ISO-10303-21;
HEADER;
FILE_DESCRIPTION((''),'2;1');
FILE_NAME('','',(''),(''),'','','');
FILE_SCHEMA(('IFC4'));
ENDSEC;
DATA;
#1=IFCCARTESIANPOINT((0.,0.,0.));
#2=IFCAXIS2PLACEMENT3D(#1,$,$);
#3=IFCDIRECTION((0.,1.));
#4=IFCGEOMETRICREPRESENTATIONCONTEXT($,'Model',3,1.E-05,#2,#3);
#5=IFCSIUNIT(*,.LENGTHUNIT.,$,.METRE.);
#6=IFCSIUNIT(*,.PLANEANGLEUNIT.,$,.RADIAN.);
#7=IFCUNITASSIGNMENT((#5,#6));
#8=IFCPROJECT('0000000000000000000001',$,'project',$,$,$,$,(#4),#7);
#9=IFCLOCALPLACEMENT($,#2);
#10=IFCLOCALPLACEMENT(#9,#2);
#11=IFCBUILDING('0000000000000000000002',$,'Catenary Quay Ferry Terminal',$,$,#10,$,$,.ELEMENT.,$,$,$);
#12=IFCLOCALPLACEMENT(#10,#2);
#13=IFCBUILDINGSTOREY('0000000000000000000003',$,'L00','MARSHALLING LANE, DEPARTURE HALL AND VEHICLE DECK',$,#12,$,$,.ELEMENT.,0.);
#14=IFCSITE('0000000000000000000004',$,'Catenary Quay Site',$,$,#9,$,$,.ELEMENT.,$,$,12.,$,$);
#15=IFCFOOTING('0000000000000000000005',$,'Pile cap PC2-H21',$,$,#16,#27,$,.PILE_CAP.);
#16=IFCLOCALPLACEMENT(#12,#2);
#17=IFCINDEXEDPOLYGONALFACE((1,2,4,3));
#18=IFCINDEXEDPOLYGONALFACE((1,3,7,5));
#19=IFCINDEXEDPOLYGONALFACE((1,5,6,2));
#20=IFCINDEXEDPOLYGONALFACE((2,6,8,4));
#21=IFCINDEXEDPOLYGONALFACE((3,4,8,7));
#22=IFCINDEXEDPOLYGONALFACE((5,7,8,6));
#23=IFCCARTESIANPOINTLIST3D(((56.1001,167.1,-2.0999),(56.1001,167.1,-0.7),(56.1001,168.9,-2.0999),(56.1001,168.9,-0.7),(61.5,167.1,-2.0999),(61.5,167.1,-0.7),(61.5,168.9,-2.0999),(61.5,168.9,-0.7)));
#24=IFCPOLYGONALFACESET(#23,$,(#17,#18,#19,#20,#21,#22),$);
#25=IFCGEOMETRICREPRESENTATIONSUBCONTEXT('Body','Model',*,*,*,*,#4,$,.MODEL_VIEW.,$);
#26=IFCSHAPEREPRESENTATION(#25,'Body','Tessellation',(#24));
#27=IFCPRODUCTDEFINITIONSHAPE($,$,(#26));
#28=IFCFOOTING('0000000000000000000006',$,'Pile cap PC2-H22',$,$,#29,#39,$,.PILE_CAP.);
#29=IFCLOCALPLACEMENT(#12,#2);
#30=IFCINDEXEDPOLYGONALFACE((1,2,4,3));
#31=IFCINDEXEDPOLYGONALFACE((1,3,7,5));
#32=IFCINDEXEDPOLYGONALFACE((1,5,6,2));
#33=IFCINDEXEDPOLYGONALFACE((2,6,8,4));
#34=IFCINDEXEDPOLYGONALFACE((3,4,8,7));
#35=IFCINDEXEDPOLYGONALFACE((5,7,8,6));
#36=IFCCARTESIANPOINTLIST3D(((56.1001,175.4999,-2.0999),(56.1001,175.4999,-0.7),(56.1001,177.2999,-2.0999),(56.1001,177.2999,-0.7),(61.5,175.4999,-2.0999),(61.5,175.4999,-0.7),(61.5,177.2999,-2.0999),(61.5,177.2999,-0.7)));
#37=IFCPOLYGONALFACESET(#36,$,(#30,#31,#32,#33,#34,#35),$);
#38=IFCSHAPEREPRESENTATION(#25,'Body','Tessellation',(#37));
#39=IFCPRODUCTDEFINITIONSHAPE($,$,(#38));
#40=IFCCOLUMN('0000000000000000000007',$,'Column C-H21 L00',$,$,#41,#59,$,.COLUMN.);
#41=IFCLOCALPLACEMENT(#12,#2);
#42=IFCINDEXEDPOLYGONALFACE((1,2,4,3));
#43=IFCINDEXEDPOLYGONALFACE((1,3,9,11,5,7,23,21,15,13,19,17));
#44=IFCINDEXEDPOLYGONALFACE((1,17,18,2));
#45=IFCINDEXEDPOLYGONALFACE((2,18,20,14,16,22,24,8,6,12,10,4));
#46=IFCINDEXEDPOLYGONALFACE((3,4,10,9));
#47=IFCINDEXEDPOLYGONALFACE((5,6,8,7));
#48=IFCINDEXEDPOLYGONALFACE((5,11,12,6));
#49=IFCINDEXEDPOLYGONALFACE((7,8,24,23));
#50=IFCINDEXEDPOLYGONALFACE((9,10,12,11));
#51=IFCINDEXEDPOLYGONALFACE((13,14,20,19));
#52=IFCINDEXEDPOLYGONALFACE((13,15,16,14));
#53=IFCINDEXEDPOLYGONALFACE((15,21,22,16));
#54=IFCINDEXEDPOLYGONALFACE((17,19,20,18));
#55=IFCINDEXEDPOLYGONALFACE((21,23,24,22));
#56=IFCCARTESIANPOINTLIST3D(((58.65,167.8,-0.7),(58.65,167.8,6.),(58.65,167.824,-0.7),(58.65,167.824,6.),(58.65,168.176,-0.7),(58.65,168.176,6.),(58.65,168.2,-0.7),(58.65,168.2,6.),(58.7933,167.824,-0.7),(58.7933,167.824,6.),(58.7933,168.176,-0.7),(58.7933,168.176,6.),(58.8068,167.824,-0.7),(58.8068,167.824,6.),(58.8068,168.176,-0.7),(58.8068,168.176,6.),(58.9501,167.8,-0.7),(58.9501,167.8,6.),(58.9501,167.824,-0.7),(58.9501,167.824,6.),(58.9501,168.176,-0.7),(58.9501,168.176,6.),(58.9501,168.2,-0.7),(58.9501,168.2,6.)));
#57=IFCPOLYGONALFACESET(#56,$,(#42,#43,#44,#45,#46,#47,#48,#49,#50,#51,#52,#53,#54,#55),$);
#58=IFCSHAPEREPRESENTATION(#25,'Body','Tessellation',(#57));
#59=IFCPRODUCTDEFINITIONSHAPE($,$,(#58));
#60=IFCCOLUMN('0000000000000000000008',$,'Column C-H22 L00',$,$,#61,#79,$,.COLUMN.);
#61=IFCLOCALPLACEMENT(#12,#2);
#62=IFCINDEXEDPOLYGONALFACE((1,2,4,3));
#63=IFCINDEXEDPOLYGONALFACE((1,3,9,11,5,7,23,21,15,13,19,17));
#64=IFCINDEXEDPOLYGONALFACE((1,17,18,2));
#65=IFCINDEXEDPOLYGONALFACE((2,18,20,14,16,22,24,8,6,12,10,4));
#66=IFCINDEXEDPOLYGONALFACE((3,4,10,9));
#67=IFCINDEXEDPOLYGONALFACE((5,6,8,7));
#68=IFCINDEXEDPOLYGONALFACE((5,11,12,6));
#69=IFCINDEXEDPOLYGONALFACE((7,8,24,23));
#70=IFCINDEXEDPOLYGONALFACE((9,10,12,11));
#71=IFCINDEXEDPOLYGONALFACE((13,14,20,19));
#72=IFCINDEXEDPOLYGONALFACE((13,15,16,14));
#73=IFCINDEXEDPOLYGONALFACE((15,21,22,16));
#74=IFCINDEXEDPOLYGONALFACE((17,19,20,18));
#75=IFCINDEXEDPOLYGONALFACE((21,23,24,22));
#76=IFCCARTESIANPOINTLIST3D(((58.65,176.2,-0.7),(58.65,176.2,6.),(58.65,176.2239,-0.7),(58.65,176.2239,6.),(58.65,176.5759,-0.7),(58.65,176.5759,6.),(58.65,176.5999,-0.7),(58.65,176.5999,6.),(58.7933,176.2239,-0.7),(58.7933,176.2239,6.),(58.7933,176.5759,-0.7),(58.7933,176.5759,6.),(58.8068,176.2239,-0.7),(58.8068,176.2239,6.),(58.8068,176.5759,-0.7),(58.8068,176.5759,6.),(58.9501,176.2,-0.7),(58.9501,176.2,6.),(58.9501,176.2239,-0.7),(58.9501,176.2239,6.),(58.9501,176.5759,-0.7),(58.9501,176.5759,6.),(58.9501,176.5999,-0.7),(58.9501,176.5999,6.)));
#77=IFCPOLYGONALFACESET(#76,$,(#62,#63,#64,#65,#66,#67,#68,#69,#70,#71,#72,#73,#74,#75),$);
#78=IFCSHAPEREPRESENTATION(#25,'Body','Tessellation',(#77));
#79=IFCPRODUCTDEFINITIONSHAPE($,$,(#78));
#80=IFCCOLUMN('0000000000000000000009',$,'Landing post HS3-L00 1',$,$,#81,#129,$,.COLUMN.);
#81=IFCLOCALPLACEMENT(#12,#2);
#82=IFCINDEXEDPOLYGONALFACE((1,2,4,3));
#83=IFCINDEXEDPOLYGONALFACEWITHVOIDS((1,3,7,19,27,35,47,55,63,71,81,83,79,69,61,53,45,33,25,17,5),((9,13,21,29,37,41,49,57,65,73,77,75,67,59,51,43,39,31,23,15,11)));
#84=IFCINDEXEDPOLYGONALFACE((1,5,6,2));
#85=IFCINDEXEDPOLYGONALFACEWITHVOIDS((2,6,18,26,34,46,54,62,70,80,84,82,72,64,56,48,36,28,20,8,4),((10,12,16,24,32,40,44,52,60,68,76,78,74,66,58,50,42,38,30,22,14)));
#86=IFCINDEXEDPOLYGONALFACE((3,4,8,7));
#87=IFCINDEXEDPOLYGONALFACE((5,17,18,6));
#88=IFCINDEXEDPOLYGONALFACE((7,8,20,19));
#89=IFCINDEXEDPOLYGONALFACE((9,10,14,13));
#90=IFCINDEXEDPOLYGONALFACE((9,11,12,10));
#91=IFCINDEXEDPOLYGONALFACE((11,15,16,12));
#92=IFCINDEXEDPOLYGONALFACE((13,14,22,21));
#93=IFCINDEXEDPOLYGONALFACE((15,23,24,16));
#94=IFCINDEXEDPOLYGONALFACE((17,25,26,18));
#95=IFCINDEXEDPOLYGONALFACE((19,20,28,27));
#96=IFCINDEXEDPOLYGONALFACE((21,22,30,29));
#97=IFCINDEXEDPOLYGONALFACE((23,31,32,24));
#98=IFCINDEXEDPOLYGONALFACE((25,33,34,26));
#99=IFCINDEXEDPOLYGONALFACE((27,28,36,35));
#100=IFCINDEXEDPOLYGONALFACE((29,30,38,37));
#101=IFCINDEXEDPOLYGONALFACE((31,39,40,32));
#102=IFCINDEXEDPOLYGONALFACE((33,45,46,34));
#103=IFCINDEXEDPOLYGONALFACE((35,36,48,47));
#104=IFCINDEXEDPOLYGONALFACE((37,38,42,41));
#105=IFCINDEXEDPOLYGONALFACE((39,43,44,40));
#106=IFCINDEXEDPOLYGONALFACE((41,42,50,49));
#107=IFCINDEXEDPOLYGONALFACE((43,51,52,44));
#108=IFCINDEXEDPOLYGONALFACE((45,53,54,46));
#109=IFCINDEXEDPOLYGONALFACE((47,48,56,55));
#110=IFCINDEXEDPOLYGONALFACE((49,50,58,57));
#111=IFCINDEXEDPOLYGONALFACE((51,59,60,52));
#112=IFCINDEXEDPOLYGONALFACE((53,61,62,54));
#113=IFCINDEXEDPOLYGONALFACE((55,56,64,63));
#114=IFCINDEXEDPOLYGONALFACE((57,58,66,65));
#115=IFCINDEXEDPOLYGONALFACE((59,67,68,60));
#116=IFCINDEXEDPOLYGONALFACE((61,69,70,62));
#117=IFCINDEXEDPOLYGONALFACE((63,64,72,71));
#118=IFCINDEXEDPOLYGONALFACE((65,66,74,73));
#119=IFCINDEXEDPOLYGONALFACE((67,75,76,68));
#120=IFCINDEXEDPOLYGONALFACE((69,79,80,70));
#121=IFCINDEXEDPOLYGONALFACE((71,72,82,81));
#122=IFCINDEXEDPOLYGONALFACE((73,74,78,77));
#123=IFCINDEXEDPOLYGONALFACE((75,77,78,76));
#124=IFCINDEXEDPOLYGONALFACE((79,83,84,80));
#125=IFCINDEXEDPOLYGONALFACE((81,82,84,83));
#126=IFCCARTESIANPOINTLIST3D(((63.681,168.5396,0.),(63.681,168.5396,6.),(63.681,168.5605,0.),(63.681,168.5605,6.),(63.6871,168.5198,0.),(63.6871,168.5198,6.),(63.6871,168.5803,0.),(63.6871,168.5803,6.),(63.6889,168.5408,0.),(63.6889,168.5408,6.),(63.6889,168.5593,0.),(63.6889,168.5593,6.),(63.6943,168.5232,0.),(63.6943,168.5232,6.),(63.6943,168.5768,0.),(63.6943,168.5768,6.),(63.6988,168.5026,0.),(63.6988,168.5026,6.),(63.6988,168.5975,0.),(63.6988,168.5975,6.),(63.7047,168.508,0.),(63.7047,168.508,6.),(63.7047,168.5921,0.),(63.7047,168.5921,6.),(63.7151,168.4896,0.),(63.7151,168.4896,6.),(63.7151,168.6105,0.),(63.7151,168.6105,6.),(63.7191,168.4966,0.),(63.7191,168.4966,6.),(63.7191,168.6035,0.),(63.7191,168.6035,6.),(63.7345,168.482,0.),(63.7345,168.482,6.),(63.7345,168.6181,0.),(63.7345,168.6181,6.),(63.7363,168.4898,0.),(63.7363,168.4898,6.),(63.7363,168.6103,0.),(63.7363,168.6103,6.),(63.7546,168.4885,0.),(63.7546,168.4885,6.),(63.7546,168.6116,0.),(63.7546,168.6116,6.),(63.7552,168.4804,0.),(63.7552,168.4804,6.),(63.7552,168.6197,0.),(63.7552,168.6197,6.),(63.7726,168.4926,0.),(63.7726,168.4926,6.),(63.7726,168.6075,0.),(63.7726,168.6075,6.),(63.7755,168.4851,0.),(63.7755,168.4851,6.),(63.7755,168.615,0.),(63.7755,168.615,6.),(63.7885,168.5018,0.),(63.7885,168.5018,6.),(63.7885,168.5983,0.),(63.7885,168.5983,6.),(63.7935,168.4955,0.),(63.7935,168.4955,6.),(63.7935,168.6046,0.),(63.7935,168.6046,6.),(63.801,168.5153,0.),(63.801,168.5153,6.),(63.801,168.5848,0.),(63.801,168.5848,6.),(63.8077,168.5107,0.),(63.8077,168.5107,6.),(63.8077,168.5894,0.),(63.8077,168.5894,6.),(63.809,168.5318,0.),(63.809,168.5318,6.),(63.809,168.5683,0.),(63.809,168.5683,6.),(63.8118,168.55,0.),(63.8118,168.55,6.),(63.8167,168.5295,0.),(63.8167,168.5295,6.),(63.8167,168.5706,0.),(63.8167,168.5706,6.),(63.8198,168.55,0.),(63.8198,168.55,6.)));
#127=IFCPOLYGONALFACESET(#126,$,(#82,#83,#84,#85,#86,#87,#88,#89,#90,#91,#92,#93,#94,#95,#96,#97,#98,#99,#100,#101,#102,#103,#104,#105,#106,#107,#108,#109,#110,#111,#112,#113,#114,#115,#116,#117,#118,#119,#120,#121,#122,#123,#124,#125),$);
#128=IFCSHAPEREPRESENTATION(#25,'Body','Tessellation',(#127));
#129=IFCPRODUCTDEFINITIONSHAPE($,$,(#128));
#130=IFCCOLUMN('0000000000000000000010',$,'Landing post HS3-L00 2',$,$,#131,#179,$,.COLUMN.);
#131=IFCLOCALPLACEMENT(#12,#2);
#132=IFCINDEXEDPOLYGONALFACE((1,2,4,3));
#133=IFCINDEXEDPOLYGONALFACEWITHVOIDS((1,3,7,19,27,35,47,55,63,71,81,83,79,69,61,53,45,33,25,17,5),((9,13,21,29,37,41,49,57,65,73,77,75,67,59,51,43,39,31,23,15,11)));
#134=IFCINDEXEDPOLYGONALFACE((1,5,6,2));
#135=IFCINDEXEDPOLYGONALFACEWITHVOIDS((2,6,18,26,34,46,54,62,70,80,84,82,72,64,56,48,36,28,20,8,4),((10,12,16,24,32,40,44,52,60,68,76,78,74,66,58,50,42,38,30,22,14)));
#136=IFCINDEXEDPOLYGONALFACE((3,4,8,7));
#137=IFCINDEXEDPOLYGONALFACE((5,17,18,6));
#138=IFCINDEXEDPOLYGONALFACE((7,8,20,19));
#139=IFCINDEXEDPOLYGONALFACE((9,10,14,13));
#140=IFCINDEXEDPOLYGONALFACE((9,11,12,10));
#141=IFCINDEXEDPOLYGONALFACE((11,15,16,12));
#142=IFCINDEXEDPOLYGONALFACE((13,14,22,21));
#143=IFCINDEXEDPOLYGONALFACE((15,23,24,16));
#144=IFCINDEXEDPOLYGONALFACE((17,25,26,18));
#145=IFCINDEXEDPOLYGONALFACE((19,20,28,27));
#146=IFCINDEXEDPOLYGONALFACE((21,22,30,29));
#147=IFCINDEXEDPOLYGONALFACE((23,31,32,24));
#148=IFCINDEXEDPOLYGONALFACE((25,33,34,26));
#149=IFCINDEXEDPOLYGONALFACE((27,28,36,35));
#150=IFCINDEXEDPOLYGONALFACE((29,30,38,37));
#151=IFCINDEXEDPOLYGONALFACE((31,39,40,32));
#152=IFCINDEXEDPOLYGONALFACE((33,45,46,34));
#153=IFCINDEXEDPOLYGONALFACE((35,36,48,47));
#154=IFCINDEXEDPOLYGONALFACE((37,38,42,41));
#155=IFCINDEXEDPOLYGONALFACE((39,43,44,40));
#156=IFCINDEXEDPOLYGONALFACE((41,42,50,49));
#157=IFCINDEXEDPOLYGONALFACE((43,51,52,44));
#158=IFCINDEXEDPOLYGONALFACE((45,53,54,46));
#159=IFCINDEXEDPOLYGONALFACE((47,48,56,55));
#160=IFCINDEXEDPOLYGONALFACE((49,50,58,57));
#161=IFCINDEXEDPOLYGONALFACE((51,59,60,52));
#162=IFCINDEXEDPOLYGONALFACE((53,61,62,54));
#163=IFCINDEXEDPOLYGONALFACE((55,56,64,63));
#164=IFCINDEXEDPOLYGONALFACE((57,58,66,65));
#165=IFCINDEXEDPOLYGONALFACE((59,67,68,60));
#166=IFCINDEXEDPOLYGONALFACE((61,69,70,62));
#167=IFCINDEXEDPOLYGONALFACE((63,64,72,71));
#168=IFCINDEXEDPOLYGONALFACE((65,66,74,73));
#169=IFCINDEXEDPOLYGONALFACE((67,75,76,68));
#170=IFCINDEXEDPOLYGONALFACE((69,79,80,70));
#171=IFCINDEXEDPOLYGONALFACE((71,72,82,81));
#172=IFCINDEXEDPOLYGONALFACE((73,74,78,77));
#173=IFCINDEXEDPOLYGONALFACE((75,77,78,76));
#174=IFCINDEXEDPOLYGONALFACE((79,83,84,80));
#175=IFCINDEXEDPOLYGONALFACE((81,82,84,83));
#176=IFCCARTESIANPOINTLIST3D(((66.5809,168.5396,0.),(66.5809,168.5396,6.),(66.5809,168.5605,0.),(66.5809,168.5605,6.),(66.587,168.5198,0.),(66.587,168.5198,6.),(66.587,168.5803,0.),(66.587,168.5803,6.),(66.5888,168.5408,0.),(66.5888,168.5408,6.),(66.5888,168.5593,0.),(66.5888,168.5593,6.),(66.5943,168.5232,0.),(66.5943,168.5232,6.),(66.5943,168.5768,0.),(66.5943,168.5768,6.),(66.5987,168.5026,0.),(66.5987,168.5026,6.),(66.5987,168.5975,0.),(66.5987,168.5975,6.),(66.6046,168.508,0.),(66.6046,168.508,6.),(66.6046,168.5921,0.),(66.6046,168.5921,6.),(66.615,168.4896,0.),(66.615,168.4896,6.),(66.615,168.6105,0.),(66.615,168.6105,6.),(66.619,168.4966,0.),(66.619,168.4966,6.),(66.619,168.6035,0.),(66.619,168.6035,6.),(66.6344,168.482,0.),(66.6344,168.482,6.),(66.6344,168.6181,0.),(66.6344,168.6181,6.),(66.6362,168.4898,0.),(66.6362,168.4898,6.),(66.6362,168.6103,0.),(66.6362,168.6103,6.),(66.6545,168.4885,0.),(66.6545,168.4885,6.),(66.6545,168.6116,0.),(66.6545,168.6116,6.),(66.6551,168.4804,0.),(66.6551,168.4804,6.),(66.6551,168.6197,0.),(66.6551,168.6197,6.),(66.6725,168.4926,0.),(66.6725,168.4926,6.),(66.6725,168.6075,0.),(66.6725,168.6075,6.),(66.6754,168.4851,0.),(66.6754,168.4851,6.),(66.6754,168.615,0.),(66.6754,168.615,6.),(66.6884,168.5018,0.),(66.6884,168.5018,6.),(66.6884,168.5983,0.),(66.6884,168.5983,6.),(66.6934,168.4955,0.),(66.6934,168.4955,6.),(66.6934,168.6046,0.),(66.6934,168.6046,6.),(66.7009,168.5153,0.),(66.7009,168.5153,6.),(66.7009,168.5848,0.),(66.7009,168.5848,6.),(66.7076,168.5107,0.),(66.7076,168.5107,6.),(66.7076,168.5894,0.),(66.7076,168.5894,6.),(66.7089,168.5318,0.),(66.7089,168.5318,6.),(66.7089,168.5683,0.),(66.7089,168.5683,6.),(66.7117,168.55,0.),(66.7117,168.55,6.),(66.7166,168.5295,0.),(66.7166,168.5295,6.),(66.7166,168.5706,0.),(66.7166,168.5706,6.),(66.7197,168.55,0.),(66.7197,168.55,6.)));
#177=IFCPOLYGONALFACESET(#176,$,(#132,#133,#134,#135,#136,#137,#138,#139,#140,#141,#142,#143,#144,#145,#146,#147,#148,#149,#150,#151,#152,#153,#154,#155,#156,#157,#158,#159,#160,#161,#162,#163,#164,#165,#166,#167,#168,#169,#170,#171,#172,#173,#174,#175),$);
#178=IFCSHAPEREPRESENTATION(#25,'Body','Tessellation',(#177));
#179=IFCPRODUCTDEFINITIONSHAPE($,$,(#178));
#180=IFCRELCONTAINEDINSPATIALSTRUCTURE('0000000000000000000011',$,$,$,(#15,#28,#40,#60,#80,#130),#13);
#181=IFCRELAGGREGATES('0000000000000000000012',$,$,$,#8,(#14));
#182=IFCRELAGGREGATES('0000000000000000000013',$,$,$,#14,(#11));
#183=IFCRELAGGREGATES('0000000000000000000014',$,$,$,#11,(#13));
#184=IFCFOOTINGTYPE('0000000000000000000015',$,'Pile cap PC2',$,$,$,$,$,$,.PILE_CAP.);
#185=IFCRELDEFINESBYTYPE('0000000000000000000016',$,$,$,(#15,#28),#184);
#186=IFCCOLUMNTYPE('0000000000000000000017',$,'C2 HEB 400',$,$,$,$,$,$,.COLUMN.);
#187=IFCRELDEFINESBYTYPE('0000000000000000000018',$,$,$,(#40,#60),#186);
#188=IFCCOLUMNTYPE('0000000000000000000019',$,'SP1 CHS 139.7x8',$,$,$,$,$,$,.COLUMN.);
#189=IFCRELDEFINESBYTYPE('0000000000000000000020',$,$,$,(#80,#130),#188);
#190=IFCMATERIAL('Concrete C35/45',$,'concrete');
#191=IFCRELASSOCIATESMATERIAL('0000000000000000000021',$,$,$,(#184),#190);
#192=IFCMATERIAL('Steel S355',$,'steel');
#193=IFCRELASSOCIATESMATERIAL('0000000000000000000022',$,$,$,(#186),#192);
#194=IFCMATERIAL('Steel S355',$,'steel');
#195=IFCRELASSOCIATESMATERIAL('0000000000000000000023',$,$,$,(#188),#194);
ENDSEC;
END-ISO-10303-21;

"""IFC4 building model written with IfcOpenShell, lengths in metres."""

from ifc_helpers import new_model, si_unit, direction, frame, origin, origin_2d, place, context, subcontext, project, spatial, rectangle, hollow_circle, i_section, extrude, material, material_profile, profile_set, type_object, element, save


model = new_model("IFC4")

# Units and contexts
model_context = context("Model", 3, precision=1e-05, world=origin(), true_north=direction((0.0, 1.0)))
body_context = subcontext(model_context, "Body", "Model", "MODEL_VIEW")
ifc_project = project(units=[si_unit("LENGTHUNIT", "METRE"), si_unit("PLANEANGLEUNIT", "RADIAN")], contexts=[model_context])

# Site, building, storey
site_placement = place(None, origin())
site = spatial("IfcSite", under=ifc_project, at=site_placement, Name="Catenary Quay Site", CompositionType="ELEMENT", RefElevation=12.0)
building_placement = place(site_placement, origin())
building = spatial("IfcBuilding", under=site, at=building_placement, Name="Catenary Quay Ferry Terminal", CompositionType="ELEMENT")
storey_placement = place(building_placement, origin())
storey = spatial("IfcBuildingStorey", under=building, at=storey_placement, Name="L00", Description="MARSHALLING LANE, DEPARTURE HALL AND VEHICLE DECK", CompositionType="ELEMENT", Elevation=0.0)

# Footings
ifc_material_1 = material(Name="Concrete C35/45", Category="concrete")
footing_type = type_object("IfcFootingType", Name="Pile cap PC2", PredefinedType="PILE_CAP", material=ifc_material_1)
for number, where, z_axis, x_axis, name in (
    (1, (58.8, 168.0, -2.0999), (0.0, 0.0, 1.0), (1.0, 0.0, 0.0), "Pile cap PC2-H21"),
    (2, (58.8, 176.3999, -2.0999), (0.0, 0.0, 1.0), (1.0, 0.0, 0.0), "Pile cap PC2-H22"),
):
    element("IfcFooting", number, at=place(storey_placement, frame(where, z_axis=z_axis, x_axis=x_axis)), inside=storey, type_object=footing_type, Name=name, PredefinedType="PILE_CAP", context=body_context, shape_type="SweptSolid", body=[
        extrude(rectangle(XDim=5.3999, YDim=1.8, at=origin_2d()), origin(), (0.0, 0.0, 1.0), 1.3999),
    ])

# Columns
ifc_material_2 = material(Name="Steel S355", Category="steel")
ifc_material_profile_1 = material_profile(ifc_material_2, i_section(OverallWidth=0.3, OverallDepth=0.3999, WebThickness=0.0134, FlangeThickness=0.0239, at=origin_2d()), Name="HEB 400")
ifc_profile_set_1 = profile_set([ifc_material_profile_1], Name="Steel S355")
column_type_1 = type_object("IfcColumnType", Name="C2 HEB 400", PredefinedType="COLUMN", material=ifc_profile_set_1)
for number, where, z_axis, x_axis, name in (
    (3, (58.8, 168.0, -0.7), (0.0, 0.0, 1.0), (1.0, 0.0, 0.0), "Column C-H21 L00"),
    (4, (58.8, 176.3999, -0.7), (0.0, 0.0, 1.0), (1.0, 0.0, 0.0), "Column C-H22 L00"),
):
    element("IfcColumn", number, at=place(storey_placement, frame(where, z_axis=z_axis, x_axis=x_axis)), inside=storey, type_object=column_type_1, Name=name, PredefinedType="COLUMN", context=body_context, shape_type="SweptSolid", body=[
        extrude(i_section(OverallWidth=0.3, OverallDepth=0.3999, WebThickness=0.0134, FlangeThickness=0.0239, at=origin_2d()), origin(), (0.0, 0.0, 1.0), 6.7),
    ])
ifc_material_3 = material(Name="Steel S355", Category="steel")
ifc_material_profile_2 = material_profile(ifc_material_3, hollow_circle(Radius=0.0698, WallThickness=0.0081, at=origin_2d()), Name="CHS 139.7x8")
ifc_profile_set_2 = profile_set([ifc_material_profile_2], Name="Steel S355")
column_type_2 = type_object("IfcColumnType", Name="SP1 CHS 139.7x8", PredefinedType="COLUMN", material=ifc_profile_set_2)
for number, where, z_axis, x_axis, name in (
    (5, (63.75, 168.55, 0.0), (0.0, 0.0, 1.0), (1.0, 0.0, 0.0), "Landing post HS3-L00 1"),
    (6, (66.6499, 168.55, 0.0), (0.0, 0.0, 1.0), (1.0, 0.0, 0.0), "Landing post HS3-L00 2"),
):
    element("IfcColumn", number, at=place(storey_placement, frame(where, z_axis=z_axis, x_axis=x_axis)), inside=storey, type_object=column_type_2, Name=name, PredefinedType="COLUMN", context=body_context, shape_type="SweptSolid", body=[
        extrude(hollow_circle(Radius=0.0698, WallThickness=0.0081, at=origin_2d()), origin(), (0.0, 0.0, 1.0), 6.0),
    ])

save(model, "model.ifc")
